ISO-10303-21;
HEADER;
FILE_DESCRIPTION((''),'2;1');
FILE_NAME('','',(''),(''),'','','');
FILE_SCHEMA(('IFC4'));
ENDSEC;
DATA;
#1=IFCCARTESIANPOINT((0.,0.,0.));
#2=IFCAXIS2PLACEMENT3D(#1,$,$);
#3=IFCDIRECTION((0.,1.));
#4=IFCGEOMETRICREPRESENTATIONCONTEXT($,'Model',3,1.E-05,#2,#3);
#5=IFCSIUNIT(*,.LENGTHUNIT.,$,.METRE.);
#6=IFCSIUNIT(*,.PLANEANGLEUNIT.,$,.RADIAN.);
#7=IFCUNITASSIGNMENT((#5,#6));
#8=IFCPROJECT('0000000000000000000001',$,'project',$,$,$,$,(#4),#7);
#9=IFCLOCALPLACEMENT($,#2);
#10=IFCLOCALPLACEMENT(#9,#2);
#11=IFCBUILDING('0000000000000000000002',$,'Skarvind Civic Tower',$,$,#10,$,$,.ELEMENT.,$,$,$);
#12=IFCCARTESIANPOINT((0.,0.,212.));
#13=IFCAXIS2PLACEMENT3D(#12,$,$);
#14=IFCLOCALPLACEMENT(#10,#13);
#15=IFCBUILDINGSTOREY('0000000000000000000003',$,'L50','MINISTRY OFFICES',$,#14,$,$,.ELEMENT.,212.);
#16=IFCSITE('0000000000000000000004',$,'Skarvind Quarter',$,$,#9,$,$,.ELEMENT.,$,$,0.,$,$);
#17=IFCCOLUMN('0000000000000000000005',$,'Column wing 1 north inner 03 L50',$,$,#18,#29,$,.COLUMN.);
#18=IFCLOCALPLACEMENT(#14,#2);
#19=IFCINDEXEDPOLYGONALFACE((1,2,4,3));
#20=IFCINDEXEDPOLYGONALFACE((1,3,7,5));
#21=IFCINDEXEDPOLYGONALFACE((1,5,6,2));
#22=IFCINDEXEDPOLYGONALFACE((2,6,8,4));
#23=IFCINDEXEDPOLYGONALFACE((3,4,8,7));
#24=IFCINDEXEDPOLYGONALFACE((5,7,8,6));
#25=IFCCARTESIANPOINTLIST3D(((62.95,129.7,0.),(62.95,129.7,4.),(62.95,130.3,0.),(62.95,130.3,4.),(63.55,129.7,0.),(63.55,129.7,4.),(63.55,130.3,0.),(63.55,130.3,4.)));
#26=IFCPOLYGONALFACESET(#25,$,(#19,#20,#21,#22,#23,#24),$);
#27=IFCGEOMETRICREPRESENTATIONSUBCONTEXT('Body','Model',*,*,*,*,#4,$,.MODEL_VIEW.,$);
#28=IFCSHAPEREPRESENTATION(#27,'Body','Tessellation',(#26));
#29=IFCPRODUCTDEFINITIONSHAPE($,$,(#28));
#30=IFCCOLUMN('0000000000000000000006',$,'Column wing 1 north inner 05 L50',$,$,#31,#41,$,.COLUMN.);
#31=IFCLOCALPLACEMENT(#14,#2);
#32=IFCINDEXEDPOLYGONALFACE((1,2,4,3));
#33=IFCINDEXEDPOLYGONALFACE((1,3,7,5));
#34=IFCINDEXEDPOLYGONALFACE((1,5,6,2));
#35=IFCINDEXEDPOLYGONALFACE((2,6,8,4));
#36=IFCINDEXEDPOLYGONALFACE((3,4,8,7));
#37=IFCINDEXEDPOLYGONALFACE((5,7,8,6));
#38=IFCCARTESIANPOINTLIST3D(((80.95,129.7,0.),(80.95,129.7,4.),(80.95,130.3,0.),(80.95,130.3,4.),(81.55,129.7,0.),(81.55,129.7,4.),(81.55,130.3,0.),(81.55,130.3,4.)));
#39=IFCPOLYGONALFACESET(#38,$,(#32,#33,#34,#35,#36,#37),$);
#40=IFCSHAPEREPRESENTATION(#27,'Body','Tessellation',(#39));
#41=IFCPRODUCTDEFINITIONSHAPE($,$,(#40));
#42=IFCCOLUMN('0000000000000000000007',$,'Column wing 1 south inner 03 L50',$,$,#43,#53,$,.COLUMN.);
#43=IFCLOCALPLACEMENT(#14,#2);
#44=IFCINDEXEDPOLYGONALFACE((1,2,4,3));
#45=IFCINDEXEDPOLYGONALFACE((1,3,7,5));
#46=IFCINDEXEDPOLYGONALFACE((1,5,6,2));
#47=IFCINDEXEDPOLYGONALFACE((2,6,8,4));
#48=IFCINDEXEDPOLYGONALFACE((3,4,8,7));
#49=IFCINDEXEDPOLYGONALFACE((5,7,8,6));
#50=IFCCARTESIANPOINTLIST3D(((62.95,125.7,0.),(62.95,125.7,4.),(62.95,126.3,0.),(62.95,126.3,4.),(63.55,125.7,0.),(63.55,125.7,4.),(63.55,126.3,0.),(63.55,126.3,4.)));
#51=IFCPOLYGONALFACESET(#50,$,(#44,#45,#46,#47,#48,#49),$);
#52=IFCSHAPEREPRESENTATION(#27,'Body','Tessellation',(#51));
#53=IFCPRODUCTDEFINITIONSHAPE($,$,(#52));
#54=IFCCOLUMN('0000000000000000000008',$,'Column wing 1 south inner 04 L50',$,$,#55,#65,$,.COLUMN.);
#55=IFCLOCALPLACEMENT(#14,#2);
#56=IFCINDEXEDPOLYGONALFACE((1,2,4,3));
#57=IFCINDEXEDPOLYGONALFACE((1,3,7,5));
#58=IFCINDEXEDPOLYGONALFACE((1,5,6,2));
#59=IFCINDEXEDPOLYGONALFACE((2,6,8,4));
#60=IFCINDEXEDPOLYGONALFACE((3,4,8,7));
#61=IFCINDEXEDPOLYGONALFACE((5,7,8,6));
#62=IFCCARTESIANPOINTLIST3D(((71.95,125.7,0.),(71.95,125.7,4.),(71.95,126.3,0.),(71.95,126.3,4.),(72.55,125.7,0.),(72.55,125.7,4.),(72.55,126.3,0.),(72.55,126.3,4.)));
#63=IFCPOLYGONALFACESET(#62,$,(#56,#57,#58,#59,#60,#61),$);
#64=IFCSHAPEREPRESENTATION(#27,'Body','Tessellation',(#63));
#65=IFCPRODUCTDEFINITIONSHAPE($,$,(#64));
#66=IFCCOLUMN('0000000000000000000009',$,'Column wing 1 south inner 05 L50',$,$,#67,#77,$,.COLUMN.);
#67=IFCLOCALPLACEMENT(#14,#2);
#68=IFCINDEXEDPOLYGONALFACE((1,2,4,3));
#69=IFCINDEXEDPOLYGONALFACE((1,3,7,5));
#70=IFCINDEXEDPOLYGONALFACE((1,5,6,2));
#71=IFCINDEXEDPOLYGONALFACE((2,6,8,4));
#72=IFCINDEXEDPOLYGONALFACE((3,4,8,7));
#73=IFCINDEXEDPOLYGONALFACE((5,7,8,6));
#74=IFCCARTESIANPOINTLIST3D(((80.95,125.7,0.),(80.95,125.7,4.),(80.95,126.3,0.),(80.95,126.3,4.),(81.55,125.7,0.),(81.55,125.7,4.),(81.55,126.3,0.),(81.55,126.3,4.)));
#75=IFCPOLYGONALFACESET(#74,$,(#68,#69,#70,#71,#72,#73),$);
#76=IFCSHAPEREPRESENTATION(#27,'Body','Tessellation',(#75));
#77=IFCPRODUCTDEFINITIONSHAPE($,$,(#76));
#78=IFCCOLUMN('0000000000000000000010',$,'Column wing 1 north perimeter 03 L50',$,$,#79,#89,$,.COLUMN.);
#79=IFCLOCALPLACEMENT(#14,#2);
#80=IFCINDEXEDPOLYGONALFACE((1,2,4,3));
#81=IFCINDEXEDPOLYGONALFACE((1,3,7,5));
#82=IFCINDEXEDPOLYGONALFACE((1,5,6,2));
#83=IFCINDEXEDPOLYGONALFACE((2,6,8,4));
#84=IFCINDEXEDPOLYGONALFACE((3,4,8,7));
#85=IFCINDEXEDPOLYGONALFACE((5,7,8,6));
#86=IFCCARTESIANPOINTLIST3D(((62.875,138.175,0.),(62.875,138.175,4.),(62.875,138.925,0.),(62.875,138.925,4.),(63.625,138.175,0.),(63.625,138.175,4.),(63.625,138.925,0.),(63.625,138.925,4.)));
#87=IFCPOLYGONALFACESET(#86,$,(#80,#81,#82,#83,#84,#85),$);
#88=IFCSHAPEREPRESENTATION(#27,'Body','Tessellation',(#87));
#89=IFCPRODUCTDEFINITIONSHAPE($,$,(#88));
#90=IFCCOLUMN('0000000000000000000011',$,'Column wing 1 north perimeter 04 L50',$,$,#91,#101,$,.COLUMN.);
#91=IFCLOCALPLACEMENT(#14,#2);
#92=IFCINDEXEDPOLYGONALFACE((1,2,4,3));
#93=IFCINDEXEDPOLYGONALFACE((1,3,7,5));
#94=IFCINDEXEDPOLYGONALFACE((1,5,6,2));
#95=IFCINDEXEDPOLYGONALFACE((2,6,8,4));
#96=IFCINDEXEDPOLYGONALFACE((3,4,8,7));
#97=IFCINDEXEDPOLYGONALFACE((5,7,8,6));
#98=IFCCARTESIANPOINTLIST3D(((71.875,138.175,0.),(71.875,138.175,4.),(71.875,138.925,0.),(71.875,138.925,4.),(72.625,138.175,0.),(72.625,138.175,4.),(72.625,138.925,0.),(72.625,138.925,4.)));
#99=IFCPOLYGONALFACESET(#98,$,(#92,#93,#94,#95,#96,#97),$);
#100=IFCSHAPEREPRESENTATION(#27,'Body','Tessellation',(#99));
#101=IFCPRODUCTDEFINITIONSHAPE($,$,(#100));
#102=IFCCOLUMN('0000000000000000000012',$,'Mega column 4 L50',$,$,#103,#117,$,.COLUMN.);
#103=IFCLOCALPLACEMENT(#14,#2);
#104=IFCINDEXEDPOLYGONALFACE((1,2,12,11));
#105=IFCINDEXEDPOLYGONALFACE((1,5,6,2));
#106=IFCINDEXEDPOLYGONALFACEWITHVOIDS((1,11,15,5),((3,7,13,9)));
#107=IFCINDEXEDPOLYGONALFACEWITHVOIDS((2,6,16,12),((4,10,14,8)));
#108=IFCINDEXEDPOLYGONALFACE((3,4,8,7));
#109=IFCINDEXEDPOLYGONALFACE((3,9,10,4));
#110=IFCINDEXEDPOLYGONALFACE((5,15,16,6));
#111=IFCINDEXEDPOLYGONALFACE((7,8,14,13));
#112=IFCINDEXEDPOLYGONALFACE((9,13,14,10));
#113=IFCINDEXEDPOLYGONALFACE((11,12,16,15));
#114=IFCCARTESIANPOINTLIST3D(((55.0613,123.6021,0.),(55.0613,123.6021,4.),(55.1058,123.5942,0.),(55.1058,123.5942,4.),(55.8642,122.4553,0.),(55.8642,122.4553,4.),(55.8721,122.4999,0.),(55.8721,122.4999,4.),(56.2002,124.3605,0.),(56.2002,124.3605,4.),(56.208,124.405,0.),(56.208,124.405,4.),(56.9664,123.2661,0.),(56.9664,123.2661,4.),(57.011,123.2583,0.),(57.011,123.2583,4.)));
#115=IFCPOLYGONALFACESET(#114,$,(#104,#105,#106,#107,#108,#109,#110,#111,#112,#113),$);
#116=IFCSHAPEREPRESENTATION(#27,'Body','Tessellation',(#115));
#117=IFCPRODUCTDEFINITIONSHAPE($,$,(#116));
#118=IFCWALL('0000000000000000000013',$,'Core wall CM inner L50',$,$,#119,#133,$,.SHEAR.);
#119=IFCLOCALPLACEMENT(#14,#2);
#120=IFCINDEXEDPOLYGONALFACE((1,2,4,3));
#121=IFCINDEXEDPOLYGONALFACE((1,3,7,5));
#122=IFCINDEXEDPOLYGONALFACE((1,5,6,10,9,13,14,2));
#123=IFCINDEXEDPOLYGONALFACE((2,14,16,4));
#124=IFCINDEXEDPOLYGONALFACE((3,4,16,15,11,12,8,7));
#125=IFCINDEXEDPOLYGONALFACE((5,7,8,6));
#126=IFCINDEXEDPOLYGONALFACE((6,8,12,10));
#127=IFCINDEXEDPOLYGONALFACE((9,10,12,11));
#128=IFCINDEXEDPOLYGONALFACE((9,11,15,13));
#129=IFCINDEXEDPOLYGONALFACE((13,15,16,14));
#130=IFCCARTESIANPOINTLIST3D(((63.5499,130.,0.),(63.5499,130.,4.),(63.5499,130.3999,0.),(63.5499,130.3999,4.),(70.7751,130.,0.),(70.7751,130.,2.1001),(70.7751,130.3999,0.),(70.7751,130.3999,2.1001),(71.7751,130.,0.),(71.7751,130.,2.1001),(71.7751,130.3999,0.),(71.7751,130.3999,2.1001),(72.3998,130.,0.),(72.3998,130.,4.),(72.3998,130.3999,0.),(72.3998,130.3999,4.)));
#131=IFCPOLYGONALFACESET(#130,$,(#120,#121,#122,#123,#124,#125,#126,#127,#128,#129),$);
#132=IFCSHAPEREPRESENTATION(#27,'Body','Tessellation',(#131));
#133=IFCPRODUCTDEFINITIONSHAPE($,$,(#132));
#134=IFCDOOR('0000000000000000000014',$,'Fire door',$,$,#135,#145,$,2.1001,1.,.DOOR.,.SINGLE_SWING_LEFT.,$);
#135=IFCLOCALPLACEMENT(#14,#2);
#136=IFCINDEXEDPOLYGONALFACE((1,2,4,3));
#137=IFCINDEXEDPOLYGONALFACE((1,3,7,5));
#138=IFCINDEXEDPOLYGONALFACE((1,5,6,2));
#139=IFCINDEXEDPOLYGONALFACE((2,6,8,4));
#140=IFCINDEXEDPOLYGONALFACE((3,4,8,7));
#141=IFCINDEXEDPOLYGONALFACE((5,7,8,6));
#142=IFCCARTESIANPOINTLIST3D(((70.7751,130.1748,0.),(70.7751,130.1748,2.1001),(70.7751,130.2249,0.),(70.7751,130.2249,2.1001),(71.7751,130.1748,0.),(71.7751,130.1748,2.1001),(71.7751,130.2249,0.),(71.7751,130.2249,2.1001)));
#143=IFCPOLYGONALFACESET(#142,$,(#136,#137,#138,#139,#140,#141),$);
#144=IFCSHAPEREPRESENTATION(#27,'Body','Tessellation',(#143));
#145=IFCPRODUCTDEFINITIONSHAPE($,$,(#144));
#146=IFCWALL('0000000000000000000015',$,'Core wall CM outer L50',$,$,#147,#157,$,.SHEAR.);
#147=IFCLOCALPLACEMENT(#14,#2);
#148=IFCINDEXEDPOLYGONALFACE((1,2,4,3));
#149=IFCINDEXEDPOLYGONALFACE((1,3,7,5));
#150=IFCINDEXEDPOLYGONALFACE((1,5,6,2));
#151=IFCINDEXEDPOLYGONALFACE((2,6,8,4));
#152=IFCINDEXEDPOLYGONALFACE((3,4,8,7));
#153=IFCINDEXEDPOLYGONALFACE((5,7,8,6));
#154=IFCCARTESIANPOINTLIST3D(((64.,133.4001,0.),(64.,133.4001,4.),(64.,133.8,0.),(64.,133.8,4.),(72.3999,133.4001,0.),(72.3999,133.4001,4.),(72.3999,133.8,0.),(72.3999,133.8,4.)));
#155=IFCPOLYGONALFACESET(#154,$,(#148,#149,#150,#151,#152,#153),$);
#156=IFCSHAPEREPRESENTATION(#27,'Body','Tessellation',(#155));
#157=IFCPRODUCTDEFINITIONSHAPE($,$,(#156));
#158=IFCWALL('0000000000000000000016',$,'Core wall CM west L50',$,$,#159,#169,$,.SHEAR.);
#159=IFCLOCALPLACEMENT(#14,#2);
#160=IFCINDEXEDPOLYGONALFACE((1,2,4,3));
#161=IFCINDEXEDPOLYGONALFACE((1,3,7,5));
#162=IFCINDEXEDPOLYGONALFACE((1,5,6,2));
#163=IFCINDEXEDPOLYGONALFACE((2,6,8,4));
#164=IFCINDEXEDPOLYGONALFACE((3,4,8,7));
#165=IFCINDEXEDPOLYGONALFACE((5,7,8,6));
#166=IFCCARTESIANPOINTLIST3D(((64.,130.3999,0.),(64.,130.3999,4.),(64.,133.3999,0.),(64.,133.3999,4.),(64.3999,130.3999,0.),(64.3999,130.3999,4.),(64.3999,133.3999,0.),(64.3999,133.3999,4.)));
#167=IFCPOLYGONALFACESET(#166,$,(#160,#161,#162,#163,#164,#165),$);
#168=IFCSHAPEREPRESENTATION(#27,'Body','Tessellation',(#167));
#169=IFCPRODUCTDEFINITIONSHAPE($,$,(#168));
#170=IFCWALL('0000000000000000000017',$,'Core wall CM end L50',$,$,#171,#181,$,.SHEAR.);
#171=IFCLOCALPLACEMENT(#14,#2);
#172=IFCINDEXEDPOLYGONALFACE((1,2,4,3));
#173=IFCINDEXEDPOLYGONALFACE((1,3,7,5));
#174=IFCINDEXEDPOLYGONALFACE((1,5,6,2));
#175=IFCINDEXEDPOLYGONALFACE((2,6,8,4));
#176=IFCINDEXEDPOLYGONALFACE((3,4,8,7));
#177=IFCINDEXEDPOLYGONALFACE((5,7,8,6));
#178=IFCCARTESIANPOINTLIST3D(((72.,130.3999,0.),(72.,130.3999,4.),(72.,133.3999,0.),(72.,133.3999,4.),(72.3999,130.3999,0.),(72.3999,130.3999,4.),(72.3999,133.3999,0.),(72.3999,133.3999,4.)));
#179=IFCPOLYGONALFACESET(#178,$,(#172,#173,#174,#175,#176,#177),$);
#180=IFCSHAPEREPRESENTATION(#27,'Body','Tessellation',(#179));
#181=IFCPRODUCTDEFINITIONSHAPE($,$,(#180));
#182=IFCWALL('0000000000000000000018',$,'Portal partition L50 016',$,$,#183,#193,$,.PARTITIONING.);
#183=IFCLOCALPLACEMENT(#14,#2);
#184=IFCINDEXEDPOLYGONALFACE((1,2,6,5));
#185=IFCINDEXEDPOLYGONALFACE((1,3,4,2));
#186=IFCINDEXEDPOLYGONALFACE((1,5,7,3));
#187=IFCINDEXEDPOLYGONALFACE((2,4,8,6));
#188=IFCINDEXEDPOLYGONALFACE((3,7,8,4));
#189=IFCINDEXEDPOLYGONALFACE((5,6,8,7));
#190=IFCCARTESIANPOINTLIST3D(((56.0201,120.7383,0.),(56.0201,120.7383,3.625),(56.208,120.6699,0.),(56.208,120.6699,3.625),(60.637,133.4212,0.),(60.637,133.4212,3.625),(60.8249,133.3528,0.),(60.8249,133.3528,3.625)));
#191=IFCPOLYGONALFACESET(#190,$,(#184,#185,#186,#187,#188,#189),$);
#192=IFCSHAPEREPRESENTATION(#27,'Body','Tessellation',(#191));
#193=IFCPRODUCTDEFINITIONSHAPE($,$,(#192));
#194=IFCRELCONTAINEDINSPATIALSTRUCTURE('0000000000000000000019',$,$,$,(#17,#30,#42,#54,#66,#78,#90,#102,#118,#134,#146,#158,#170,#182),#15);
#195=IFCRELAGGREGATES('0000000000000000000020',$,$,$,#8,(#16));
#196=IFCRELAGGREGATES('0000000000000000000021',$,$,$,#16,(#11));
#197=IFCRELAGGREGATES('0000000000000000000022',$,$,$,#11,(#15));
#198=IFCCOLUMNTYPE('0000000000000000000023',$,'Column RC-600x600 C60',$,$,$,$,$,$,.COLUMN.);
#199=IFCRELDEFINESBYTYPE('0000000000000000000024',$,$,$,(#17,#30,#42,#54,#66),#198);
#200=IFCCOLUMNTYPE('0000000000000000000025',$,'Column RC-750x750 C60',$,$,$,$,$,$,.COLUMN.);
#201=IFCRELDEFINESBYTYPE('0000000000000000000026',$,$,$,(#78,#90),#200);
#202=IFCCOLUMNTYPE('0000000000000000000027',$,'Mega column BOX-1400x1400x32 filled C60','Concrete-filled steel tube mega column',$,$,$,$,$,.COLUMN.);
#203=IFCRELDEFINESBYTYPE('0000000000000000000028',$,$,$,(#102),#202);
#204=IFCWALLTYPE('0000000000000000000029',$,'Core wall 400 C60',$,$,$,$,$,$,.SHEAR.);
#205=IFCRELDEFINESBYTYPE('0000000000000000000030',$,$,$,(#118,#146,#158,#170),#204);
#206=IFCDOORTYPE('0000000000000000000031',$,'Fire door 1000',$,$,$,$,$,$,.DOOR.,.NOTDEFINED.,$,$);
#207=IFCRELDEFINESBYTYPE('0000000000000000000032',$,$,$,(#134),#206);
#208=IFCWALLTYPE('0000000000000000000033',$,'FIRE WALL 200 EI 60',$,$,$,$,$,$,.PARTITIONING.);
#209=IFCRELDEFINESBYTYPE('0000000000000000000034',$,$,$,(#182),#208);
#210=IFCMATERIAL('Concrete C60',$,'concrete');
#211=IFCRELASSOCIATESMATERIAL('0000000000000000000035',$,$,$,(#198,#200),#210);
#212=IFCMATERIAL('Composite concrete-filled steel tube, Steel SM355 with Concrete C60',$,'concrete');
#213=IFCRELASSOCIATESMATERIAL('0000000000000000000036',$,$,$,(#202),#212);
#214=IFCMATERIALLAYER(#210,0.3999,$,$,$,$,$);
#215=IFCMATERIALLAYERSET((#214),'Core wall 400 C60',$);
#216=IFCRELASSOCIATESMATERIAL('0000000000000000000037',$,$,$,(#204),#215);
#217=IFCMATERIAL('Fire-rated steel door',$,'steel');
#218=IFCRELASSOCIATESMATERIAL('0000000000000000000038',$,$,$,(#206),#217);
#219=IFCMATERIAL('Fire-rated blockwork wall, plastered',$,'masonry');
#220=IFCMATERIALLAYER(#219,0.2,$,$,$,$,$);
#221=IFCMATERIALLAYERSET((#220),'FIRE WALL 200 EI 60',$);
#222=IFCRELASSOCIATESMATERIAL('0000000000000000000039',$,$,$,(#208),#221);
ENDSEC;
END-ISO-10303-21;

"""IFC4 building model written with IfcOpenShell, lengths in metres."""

from ifc_helpers import new_model, si_unit, direction, frame, frame_2d, origin, origin_2d, place, context, subcontext, project, spatial, rectangle, hollow_rectangle, extrude, material, layer, layer_set, material_profile, profile_set, type_object, element, fill, save


model = new_model("IFC4")

# Units and contexts
model_context = context("Model", 3, precision=1e-05, world=origin(), true_north=direction((0.0, 1.0)))
body_context = subcontext(model_context, "Body", "Model", "MODEL_VIEW")
ifc_project = project(units=[si_unit("LENGTHUNIT", "METRE"), si_unit("PLANEANGLEUNIT", "RADIAN")], contexts=[model_context])

# Site, building, storey
site_placement = place(None, origin())
site = spatial("IfcSite", under=ifc_project, at=site_placement, Name="Skarvind Quarter", CompositionType="ELEMENT", RefElevation=0.0)
building_placement = place(site_placement, origin())
building = spatial("IfcBuilding", under=site, at=building_placement, Name="Skarvind Civic Tower", CompositionType="ELEMENT")
storey_placement = place(building_placement, frame((0.0, 0.0, 212.0)))
storey = spatial("IfcBuildingStorey", under=building, at=storey_placement, Name="L50", Description="MINISTRY OFFICES", CompositionType="ELEMENT", Elevation=212.0)

# Columns
ifc_material_1 = material(Name="Concrete C60", Category="concrete")
ifc_material_profile_1 = material_profile(ifc_material_1, rectangle(XDim=0.6001, YDim=0.6001, at=origin_2d()), Name="RC-600x600")
ifc_profile_set_1 = profile_set([ifc_material_profile_1], Name="Concrete C60")
column_type_1 = type_object("IfcColumnType", Name="Column RC-600x600 C60", PredefinedType="COLUMN", material=ifc_profile_set_1)
for number, where, z_axis, x_axis, name in (
    (1, (63.25, 130.0, 0.0), (0.0, 0.0, 1.0), (1.0, 0.0, 0.0), "Column wing 1 north inner 03 L50"),
    (2, (81.25, 130.0, 0.0), (0.0, 0.0, 1.0), (1.0, 0.0, 0.0), "Column wing 1 north inner 05 L50"),
    (3, (63.25, 126.0, 0.0), (0.0, 0.0, 1.0), (1.0, 0.0, 0.0), "Column wing 1 south inner 03 L50"),
    (4, (72.25, 126.0, 0.0), (0.0, 0.0, 1.0), (1.0, 0.0, 0.0), "Column wing 1 south inner 04 L50"),
    (5, (81.25, 126.0, 0.0), (0.0, 0.0, 1.0), (1.0, 0.0, 0.0), "Column wing 1 south inner 05 L50"),
):
    element("IfcColumn", number, at=place(storey_placement, frame(where, z_axis=z_axis, x_axis=x_axis)), inside=storey, type_object=column_type_1, Name=name, PredefinedType="COLUMN", context=body_context, shape_type="SweptSolid", body=[
        extrude(rectangle(XDim=0.6001, YDim=0.6001, at=origin_2d()), origin(), (0.0, 0.0, 1.0), 4.0),
    ])
ifc_material_profile_2 = material_profile(ifc_material_1, rectangle(XDim=0.75, YDim=0.75, at=origin_2d()), Name="RC-750x750")
ifc_profile_set_2 = profile_set([ifc_material_profile_2], Name="Concrete C60")
column_type_2 = type_object("IfcColumnType", Name="Column RC-750x750 C60", PredefinedType="COLUMN", material=ifc_profile_set_2)
for number, where, z_axis, x_axis, name in (
    (6, (63.25, 138.55, 0.0), (0.0, 0.0, 1.0), (1.0, 0.0, 0.0), "Column wing 1 north perimeter 03 L50"),
    (7, (72.25, 138.55, 0.0), (0.0, 0.0, 1.0), (1.0, 0.0, 0.0), "Column wing 1 north perimeter 04 L50"),
):
    element("IfcColumn", number, at=place(storey_placement, frame(where, z_axis=z_axis, x_axis=x_axis)), inside=storey, type_object=column_type_2, Name=name, PredefinedType="COLUMN", context=body_context, shape_type="SweptSolid", body=[
        extrude(rectangle(XDim=0.75, YDim=0.75, at=origin_2d()), origin(), (0.0, 0.0, 1.0), 4.0),
    ])
ifc_material_2 = material(Name="Composite concrete-filled steel tube, Steel SM355 with Concrete C60", Category="concrete")
ifc_material_profile_3 = material_profile(ifc_material_2, hollow_rectangle(XDim=1.3999, YDim=1.3999, WallThickness=0.032, at=origin_2d()), Name="BOX-1400x1400x32")
ifc_profile_set_3 = profile_set([ifc_material_profile_3], Name="Composite concrete-filled steel tube, Steel SM355 with Concrete C60")
column_type_3 = type_object("IfcColumnType", Name="Mega column BOX-1400x1400x32 filled C60", Description="Concrete-filled steel tube mega column", PredefinedType="COLUMN", material=ifc_profile_set_3)
column_placement = place(storey_placement, frame((56.0361, 123.4302, 0.0), z_axis=(0.0, 0.0, 1.0), x_axis=(0.573576, -0.819152, 0.0)))
element("IfcColumn", 8, at=column_placement, inside=storey, type_object=column_type_3, Name="Mega column 4 L50", PredefinedType="COLUMN", context=body_context, shape_type="SweptSolid", body=[
    extrude(hollow_rectangle(XDim=1.3999, YDim=1.3999, WallThickness=0.032, at=origin_2d()), origin(), (0.0, 0.0, 1.0), 4.0),
])

# Wall, opening, door
ifc_layer_1 = layer(ifc_material_1, 0.3999)
ifc_layer_set_1 = layer_set([ifc_layer_1], Name="Core wall 400 C60")
wall_type_1 = type_object("IfcWallType", Name="Core wall 400 C60", PredefinedType="SHEAR", material=ifc_layer_set_1)
wall_1_placement = place(storey_placement, frame((63.55, 130.2, 0.0), z_axis=(0.0, 0.0, 1.0), x_axis=(1.0, 0.0, 0.0)))
wall_1 = element("IfcWall", 9, at=wall_1_placement, inside=storey, type_object=wall_type_1, Name="Core wall CM inner L50", PredefinedType="SHEAR", context=body_context, shape_type="SweptSolid", body=[
    extrude(rectangle(XDim=8.8499, YDim=0.3999, at=frame_2d((4.4248, 0.0))), origin(), (0.0, 0.0, 1.0), 4.0),
])
opening_1_placement = place(wall_1_placement, frame((7.2251, 0.0, 0.0)))
opening_1 = element("IfcOpeningElement", 10, at=opening_1_placement, cuts=wall_1, PredefinedType="OPENING", context=body_context, shape_type="SweptSolid", body=[
    extrude(rectangle(XDim=1.0, YDim=2.1001, at=frame_2d((0.5, 1.05))), frame((0.0, 0.21, 0.0), z_axis=(0.0, -1.0, 0.0), x_axis=(1.0, 0.0, 0.0)), (0.0, 0.0, 1.0), 0.4199),
])
ifc_material_3 = material(Name="Fire-rated steel door", Category="steel")
door_type_1 = type_object("IfcDoorType", Name="Fire door 1000", OperationType="NOTDEFINED", PredefinedType="DOOR", material=ifc_material_3)
door_1_placement = place(opening_1_placement, origin())
door_1 = element("IfcDoor", 11, at=door_1_placement, inside=storey, type_object=door_type_1, Name="Fire door", OperationType="SINGLE_SWING_LEFT", OverallHeight=2.1001, OverallWidth=1.0, PredefinedType="DOOR", context=body_context, shape_type="SweptSolid", body=[
    extrude(rectangle(XDim=1.0, YDim=2.1001, at=frame_2d((0.5, 1.05))), frame((0.0, 0.0249, 0.0), z_axis=(0.0, -1.0, 0.0), x_axis=(1.0, 0.0, 0.0)), (0.0, 0.0, 1.0), 0.05),
])
fill(opening_1, door_1)

# Walls
wall_2_placement = place(storey_placement, frame((64.0, 133.6001, 0.0), z_axis=(0.0, 0.0, 1.0), x_axis=(1.0, 0.0, 0.0)))
element("IfcWall", 12, at=wall_2_placement, inside=storey, type_object=wall_type_1, Name="Core wall CM outer L50", PredefinedType="SHEAR", context=body_context, shape_type="SweptSolid", body=[
    extrude(rectangle(XDim=8.3999, YDim=0.3999, at=frame_2d((4.2, 0.0))), origin(), (0.0, 0.0, 1.0), 4.0),
])
for number, where, z_axis, x_axis, name in (
    (13, (64.2, 130.3999, 0.0), (0.0, 0.0, 1.0), (0.0, 1.0, 0.0), "Core wall CM west L50"),
    (14, (72.2, 130.3999, 0.0), (0.0, 0.0, 1.0), (0.0, 1.0, 0.0), "Core wall CM end L50"),
):
    element("IfcWall", number, at=place(storey_placement, frame(where, z_axis=z_axis, x_axis=x_axis)), inside=storey, type_object=wall_type_1, Name=name, PredefinedType="SHEAR", context=body_context, shape_type="SweptSolid", body=[
        extrude(rectangle(XDim=3.0, YDim=0.3999, at=frame_2d((1.5, 0.0))), origin(), (0.0, 0.0, 1.0), 4.0),
    ])
ifc_material_4 = material(Name="Fire-rated blockwork wall, plastered", Category="masonry")
ifc_layer_2 = layer(ifc_material_4, 0.2)
ifc_layer_set_2 = layer_set([ifc_layer_2], Name="FIRE WALL 200 EI 60")
wall_type_2 = type_object("IfcWallType", Name="FIRE WALL 200 EI 60", PredefinedType="PARTITIONING", material=ifc_layer_set_2)
wall_3_placement = place(storey_placement, frame((56.114, 120.7041, 0.0), z_axis=(0.0, 0.0, 1.0), x_axis=(0.34207, 0.939675, 0.0)))
element("IfcWall", 15, at=wall_3_placement, inside=storey, type_object=wall_type_2, Name="Portal partition L50 016", PredefinedType="PARTITIONING", context=body_context, shape_type="SweptSolid", body=[
    extrude(rectangle(XDim=13.4971, YDim=0.2, at=frame_2d((6.7485, 0.0))), origin(), (0.0, 0.0, 1.0), 3.625),
])

save(model, "model.ifc")
